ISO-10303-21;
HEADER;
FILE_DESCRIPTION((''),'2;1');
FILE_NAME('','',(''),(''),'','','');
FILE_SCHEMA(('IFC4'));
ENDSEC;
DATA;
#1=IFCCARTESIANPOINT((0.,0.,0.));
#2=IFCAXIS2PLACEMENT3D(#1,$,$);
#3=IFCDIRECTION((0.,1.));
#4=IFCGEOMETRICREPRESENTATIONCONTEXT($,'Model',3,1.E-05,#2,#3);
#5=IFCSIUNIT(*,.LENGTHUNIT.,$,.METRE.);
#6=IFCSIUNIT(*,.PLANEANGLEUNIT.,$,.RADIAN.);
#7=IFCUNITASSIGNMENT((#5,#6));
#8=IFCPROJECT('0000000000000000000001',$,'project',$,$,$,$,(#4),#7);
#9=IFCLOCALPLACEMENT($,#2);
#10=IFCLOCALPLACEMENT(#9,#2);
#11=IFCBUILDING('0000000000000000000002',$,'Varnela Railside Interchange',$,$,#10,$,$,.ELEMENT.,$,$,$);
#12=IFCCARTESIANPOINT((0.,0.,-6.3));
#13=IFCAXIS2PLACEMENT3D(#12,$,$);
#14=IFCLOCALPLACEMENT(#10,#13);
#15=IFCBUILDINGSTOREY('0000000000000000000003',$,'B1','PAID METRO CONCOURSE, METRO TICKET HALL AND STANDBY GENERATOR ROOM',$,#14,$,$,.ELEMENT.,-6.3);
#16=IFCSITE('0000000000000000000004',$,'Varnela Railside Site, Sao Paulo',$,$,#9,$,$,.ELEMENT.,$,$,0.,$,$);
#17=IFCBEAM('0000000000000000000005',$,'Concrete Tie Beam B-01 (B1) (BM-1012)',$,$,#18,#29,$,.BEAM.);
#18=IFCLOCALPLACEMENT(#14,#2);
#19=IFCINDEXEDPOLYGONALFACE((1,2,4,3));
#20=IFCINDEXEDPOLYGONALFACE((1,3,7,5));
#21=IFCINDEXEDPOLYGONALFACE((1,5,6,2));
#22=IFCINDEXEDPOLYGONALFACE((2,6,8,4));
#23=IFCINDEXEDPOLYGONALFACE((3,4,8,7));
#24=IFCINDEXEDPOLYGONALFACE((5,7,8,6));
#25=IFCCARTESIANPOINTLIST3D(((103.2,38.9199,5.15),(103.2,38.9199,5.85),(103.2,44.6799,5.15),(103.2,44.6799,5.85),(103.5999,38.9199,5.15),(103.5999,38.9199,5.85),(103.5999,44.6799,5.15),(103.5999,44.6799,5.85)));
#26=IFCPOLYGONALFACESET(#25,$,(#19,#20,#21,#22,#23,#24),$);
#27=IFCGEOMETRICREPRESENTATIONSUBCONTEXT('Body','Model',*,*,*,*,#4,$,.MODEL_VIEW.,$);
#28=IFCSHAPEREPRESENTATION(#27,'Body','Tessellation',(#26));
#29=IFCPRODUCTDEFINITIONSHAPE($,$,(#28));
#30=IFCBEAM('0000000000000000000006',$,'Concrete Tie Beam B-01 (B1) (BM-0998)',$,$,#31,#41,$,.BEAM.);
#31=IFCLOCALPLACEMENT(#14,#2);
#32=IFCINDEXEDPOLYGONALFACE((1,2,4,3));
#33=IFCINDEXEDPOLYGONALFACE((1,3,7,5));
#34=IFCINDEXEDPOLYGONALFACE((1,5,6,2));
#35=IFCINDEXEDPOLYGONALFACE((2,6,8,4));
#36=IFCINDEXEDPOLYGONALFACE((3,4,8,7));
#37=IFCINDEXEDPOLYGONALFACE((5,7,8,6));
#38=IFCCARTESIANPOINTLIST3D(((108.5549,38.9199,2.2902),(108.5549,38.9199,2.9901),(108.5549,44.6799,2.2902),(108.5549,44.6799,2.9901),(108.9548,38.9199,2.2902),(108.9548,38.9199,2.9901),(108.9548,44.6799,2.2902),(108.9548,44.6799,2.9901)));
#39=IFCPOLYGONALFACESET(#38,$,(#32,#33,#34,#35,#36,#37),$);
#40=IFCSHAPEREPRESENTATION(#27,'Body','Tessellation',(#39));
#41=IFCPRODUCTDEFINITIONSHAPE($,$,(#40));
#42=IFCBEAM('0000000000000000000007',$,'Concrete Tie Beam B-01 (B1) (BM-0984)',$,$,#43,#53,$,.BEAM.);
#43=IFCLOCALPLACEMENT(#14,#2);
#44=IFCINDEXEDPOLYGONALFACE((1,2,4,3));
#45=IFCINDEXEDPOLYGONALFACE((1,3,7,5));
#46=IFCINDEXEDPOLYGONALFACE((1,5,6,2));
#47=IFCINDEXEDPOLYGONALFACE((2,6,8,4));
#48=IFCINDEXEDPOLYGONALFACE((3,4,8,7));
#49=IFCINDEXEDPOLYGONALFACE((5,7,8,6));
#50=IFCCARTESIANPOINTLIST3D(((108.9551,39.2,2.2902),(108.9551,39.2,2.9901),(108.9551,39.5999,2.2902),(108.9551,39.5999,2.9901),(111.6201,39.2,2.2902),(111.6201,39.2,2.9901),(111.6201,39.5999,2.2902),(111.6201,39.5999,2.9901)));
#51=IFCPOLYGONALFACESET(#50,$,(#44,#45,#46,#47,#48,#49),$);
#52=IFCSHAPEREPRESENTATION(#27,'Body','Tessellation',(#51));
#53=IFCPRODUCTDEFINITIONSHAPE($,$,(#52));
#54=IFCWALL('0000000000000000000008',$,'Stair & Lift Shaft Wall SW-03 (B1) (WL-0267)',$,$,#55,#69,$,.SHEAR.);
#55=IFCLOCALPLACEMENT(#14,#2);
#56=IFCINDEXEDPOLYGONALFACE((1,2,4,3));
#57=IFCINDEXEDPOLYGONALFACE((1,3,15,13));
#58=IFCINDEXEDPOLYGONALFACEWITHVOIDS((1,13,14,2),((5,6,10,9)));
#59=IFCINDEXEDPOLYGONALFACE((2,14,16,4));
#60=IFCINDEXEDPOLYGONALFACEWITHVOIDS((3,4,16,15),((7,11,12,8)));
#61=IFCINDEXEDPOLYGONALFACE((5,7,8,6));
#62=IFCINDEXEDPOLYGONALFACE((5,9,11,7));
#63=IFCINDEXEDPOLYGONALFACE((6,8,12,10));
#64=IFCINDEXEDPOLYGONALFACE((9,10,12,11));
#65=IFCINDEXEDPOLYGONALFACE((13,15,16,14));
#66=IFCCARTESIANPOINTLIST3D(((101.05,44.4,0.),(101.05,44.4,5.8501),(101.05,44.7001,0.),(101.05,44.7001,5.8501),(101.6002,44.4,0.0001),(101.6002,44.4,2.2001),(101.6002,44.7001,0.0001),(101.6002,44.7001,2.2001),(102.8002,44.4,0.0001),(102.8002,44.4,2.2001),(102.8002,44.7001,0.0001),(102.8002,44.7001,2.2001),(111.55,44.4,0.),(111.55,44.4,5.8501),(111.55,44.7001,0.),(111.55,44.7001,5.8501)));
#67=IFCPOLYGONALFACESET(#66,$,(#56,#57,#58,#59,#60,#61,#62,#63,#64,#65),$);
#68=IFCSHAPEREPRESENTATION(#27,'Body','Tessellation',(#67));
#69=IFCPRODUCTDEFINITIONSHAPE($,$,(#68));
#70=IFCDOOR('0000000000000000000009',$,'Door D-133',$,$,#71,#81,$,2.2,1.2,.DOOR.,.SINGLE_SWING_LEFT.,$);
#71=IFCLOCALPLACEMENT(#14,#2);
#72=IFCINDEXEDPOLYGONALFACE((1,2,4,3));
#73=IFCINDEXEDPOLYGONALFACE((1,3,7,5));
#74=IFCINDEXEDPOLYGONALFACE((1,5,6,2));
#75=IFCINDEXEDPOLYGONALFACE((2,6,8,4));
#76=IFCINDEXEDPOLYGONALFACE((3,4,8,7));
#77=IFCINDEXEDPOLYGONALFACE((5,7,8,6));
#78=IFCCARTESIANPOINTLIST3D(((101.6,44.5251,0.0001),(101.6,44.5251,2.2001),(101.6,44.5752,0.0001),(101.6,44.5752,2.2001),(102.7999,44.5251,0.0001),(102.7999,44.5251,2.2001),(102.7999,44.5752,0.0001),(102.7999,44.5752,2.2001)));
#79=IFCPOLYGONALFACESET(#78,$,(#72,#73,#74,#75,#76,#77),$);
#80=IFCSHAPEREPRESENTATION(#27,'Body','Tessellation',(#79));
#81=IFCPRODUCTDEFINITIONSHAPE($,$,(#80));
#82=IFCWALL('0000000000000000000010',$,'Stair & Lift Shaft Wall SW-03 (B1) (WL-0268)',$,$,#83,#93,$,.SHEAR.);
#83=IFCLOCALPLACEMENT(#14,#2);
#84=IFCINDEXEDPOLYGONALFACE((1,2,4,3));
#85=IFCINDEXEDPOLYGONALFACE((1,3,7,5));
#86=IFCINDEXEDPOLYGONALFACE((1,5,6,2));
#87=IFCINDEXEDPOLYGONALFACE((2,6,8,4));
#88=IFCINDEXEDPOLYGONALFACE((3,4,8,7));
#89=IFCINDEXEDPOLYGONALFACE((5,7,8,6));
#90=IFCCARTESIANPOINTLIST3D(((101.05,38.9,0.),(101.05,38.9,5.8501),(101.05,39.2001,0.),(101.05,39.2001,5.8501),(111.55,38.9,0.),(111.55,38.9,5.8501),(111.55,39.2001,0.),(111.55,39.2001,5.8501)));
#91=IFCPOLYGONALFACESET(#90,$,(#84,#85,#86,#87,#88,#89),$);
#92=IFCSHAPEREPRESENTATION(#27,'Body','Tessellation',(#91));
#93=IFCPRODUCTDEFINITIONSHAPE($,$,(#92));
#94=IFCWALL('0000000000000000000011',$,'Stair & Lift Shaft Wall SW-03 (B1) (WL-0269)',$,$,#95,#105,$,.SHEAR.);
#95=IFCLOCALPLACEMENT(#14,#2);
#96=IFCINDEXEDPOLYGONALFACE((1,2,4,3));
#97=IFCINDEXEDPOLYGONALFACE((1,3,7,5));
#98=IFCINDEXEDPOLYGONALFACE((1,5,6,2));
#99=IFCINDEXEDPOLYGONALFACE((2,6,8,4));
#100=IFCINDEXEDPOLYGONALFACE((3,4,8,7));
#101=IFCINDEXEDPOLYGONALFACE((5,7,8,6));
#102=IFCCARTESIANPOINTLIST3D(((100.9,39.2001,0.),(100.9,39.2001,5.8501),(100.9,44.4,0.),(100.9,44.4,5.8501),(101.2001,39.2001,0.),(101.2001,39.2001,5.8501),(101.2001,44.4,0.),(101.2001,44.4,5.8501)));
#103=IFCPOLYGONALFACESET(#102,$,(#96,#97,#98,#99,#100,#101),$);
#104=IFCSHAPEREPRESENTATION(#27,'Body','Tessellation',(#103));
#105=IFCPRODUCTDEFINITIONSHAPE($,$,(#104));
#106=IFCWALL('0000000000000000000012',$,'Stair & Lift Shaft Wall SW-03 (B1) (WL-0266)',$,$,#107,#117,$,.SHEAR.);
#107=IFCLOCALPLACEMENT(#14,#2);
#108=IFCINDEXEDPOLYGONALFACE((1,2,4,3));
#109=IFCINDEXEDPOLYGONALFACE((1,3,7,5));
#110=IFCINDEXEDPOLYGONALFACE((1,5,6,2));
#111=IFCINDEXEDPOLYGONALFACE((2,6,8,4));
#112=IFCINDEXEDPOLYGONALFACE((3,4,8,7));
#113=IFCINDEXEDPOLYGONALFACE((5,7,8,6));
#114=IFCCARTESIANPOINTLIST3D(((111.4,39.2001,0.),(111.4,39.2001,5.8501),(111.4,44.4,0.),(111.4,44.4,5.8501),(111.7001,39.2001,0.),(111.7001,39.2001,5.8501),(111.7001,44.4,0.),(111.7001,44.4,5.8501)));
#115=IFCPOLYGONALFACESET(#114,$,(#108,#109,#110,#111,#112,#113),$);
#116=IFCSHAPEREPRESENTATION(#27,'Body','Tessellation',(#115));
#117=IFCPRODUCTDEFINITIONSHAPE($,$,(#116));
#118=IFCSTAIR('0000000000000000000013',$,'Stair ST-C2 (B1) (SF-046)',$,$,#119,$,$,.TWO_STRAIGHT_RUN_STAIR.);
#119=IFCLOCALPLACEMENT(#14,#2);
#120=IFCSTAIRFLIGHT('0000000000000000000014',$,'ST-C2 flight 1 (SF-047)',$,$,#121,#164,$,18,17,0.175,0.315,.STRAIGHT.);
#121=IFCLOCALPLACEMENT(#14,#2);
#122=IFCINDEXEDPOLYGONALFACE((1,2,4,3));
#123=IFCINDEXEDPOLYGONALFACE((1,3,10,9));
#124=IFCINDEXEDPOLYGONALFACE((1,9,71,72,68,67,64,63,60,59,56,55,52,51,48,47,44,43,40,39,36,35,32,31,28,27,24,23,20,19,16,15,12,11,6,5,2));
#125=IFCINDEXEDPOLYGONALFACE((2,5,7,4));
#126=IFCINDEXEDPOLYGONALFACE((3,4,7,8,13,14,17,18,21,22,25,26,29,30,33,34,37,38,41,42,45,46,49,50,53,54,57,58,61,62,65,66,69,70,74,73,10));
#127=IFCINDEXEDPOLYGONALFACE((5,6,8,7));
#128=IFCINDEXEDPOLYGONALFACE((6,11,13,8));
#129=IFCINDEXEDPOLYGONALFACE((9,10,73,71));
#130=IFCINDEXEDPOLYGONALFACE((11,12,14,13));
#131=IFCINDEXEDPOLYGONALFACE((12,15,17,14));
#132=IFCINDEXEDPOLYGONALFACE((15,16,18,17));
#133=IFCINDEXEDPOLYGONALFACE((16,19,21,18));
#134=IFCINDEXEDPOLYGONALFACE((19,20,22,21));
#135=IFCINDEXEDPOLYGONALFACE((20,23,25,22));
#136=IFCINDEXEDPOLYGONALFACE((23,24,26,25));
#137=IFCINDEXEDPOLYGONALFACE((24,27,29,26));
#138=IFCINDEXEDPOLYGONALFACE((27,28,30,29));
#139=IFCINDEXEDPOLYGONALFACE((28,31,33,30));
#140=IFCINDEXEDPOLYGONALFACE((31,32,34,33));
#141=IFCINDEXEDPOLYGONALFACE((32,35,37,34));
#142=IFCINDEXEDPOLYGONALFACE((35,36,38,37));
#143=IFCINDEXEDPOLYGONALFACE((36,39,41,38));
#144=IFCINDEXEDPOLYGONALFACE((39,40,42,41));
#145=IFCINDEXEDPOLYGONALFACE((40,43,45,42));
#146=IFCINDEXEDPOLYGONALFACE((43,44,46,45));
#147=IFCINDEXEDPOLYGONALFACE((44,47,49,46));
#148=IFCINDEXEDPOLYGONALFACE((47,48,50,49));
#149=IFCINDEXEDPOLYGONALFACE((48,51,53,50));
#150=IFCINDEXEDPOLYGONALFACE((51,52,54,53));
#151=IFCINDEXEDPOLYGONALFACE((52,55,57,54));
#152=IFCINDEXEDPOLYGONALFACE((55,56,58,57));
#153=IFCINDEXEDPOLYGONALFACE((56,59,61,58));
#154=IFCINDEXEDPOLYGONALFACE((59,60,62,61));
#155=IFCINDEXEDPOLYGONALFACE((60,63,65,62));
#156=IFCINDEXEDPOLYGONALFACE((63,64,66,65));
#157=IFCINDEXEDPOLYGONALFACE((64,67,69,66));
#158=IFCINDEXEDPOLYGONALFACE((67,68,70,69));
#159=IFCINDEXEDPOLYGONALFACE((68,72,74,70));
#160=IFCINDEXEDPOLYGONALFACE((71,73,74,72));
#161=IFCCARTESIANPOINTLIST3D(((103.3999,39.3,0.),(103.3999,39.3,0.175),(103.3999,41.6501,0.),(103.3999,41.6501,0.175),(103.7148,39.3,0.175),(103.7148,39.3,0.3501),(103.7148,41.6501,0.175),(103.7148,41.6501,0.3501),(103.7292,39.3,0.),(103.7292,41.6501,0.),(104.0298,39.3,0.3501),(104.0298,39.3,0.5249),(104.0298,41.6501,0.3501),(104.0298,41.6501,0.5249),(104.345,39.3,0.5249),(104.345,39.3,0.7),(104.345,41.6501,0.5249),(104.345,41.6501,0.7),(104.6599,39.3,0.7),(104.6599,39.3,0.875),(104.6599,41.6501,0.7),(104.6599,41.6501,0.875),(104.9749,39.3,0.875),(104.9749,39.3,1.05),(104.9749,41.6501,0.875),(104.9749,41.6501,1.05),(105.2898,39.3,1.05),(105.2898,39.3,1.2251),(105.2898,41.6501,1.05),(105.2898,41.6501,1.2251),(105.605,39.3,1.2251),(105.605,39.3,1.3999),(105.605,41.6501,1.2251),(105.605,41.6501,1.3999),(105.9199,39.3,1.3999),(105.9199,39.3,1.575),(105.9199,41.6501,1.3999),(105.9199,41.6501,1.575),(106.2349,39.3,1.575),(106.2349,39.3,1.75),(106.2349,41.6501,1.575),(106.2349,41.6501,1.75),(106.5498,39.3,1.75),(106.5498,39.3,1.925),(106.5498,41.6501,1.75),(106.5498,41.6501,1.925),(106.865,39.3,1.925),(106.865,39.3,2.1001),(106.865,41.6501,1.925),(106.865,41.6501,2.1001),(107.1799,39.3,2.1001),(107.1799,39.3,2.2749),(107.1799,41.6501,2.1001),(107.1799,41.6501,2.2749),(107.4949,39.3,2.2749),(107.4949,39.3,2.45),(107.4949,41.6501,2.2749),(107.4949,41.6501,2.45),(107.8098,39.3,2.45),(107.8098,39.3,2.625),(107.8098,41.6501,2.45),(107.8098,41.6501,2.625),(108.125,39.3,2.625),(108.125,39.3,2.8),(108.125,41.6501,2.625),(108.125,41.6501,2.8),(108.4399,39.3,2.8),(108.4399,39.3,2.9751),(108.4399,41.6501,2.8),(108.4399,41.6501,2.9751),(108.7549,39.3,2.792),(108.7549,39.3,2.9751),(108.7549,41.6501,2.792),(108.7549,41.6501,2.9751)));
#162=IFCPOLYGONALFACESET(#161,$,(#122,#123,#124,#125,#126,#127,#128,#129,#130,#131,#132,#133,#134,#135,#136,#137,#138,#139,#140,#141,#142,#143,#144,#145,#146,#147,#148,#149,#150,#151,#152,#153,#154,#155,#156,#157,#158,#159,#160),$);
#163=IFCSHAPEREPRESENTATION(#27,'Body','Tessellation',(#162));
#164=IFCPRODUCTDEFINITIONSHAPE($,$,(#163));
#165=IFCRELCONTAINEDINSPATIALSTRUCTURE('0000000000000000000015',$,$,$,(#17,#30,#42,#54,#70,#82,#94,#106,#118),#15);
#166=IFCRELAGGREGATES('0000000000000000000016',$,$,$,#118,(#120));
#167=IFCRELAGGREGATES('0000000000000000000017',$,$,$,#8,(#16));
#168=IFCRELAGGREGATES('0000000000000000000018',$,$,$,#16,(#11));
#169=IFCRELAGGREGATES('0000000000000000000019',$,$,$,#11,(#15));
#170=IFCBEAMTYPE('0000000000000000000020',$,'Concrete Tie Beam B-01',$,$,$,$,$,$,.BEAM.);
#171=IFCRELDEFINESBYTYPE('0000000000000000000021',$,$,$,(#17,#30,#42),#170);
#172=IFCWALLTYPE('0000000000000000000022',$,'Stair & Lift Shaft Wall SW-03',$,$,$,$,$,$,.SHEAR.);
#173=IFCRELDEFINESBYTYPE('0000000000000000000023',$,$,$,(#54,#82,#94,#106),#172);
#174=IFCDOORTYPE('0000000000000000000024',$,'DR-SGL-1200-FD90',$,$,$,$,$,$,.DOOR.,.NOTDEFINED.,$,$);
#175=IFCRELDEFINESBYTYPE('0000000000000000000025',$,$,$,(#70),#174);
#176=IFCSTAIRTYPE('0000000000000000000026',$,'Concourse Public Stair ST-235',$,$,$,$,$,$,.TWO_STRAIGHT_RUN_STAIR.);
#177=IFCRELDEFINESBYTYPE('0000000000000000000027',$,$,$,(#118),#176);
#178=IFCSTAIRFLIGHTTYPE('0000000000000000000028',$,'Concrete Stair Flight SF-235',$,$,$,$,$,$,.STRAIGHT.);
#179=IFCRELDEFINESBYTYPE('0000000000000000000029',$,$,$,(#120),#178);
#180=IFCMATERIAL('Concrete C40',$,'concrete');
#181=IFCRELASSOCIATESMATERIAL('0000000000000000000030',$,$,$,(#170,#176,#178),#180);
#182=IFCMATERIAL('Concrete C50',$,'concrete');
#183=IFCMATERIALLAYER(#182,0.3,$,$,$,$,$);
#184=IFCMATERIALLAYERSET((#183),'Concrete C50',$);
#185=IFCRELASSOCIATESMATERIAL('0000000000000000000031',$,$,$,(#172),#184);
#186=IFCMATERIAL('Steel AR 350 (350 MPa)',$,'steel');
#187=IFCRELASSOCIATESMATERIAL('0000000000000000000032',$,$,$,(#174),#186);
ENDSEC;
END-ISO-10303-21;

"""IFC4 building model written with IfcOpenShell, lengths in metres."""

from ifc_helpers import new_model, si_unit, direction, frame, frame_2d, origin, origin_2d, place, context, subcontext, project, spatial, polyline, rectangle, outline, extrude, material, layer, layer_set, material_profile, profile_set, type_object, element, fill, aggregate, save


model = new_model("IFC4")

# Units and contexts
model_context = context("Model", 3, precision=1e-05, world=origin(), true_north=direction((0.0, 1.0)))
body_context = subcontext(model_context, "Body", "Model", "MODEL_VIEW")
ifc_project = project(units=[si_unit("LENGTHUNIT", "METRE"), si_unit("PLANEANGLEUNIT", "RADIAN")], contexts=[model_context])

# Site, building, storey
site_placement = place(None, origin())
site = spatial("IfcSite", under=ifc_project, at=site_placement, Name="Varnela Railside Site, Sao Paulo", CompositionType="ELEMENT", RefElevation=0.0)
building_placement = place(site_placement, origin())
building = spatial("IfcBuilding", under=site, at=building_placement, Name="Varnela Railside Interchange", CompositionType="ELEMENT")
storey_placement = place(building_placement, frame((0.0, 0.0, -6.3)))
storey = spatial("IfcBuildingStorey", under=building, at=storey_placement, Name="B1", Description="PAID METRO CONCOURSE, METRO TICKET HALL AND STANDBY GENERATOR ROOM", CompositionType="ELEMENT", Elevation=-6.3)

# Shared definitions
ifc_material_1 = material(Name="Concrete C50", Category="concrete")

# Beams
ifc_material_2 = material(Name="Concrete C40", Category="concrete")
ifc_material_profile_1 = material_profile(ifc_material_2, rectangle(XDim=0.3999, YDim=0.7, at=origin_2d()), Name="RC 400x700")
ifc_profile_set_1 = profile_set([ifc_material_profile_1], Name="Concrete C40")
beam_type_1 = type_object("IfcBeamType", Name="Concrete Tie Beam B-01", PredefinedType="BEAM", material=ifc_profile_set_1)
for number, where, z_axis, x_axis, name in (
    (1, (103.3999, 38.9199, 5.5), (0.0, 1.0, 0.0), (-1.0, 0.0, 0.0), "Concrete Tie Beam B-01 (B1) (BM-1012)"),
    (2, (108.7549, 38.9199, 2.6401), (0.0, 1.0, 0.0), (-1.0, 0.0, 0.0), "Concrete Tie Beam B-01 (B1) (BM-0998)"),
):
    element("IfcBeam", number, at=place(storey_placement, frame(where, z_axis=z_axis, x_axis=x_axis)), inside=storey, type_object=beam_type_1, Name=name, PredefinedType="BEAM", context=body_context, shape_type="SweptSolid", body=[
        extrude(rectangle(XDim=0.3999, YDim=0.7, at=origin_2d()), origin(), (0.0, 0.0, 1.0), 5.76),
    ])
beam_placement = place(storey_placement, frame((108.9551, 39.3999, 2.6401), z_axis=(1.0, 0.0, 0.0), x_axis=(0.0, 1.0, 0.0)))
element("IfcBeam", 3, at=beam_placement, inside=storey, type_object=beam_type_1, Name="Concrete Tie Beam B-01 (B1) (BM-0984)", PredefinedType="BEAM", context=body_context, shape_type="SweptSolid", body=[
    extrude(rectangle(XDim=0.3999, YDim=0.7, at=origin_2d()), origin(), (0.0, 0.0, 1.0), 2.665),
])

# Wall, opening, door
ifc_layer = layer(ifc_material_1, 0.3)
ifc_layer_set = layer_set([ifc_layer], Name="Concrete C50")
wall_type = type_object("IfcWallType", Name="Stair & Lift Shaft Wall SW-03", PredefinedType="SHEAR", material=ifc_layer_set)
wall_1_placement = place(storey_placement, frame((101.05, 44.55, 0.0), z_axis=(0.0, 0.0, 1.0), x_axis=(1.0, 0.0, 0.0)))
wall_1 = element("IfcWall", 4, at=wall_1_placement, inside=storey, type_object=wall_type, Name="Stair & Lift Shaft Wall SW-03 (B1) (WL-0267)", PredefinedType="SHEAR", context=body_context, shape_type="SweptSolid", body=[
    extrude(rectangle(XDim=10.5, YDim=0.3, at=frame_2d((5.25, 0.0))), origin(), (0.0, 0.0, 1.0), 5.8501),
])
opening_placement = place(wall_1_placement, frame((0.55, 0.0, 0.0)))
opening = element("IfcOpeningElement", 5, at=opening_placement, cuts=wall_1, PredefinedType="OPENING", context=body_context, shape_type="SweptSolid", body=[
    extrude(rectangle(XDim=1.2, YDim=2.2, at=frame_2d((0.6001, 1.1001))), frame((0.0, 0.1599, 0.0), z_axis=(0.0, -1.0, 0.0), x_axis=(1.0, 0.0, 0.0)), (0.0, 0.0, 1.0), 0.3201),
])
ifc_material_3 = material(Name="Steel AR 350 (350 MPa)", Category="steel")
door_type = type_object("IfcDoorType", Name="DR-SGL-1200-FD90", OperationType="NOTDEFINED", PredefinedType="DOOR", material=ifc_material_3)
door_placement = place(opening_placement, frame((1.2, 0.0, 0.0), z_axis=(0.0, 0.0, 1.0), x_axis=(-1.0, 0.0, 0.0)))
door = element("IfcDoor", 6, at=door_placement, inside=storey, type_object=door_type, Name="Door D-133", OperationType="SINGLE_SWING_LEFT", OverallHeight=2.2, OverallWidth=1.2, PredefinedType="DOOR", context=body_context, shape_type="SweptSolid", body=[
    extrude(rectangle(XDim=1.2, YDim=2.2, at=frame_2d((0.6001, 1.1001))), frame((0.0, 0.0249, 0.0), z_axis=(0.0, -1.0, 0.0), x_axis=(1.0, 0.0, 0.0)), (0.0, 0.0, 1.0), 0.05),
])
fill(opening, door)

# Walls
wall_2_placement = place(storey_placement, frame((101.05, 39.05, 0.0), z_axis=(0.0, 0.0, 1.0), x_axis=(1.0, 0.0, 0.0)))
element("IfcWall", 7, at=wall_2_placement, inside=storey, type_object=wall_type, Name="Stair & Lift Shaft Wall SW-03 (B1) (WL-0268)", PredefinedType="SHEAR", context=body_context, shape_type="SweptSolid", body=[
    extrude(rectangle(XDim=10.5, YDim=0.3, at=frame_2d((5.25, 0.0))), origin(), (0.0, 0.0, 1.0), 5.8501),
])
for number, where, z_axis, x_axis, name in (
    (8, (101.05, 39.2, 0.0), (0.0, 0.0, 1.0), (0.0, 1.0, 0.0), "Stair & Lift Shaft Wall SW-03 (B1) (WL-0269)"),
    (9, (111.55, 39.2, 0.0), (0.0, 0.0, 1.0), (0.0, 1.0, 0.0), "Stair & Lift Shaft Wall SW-03 (B1) (WL-0266)"),
):
    element("IfcWall", number, at=place(storey_placement, frame(where, z_axis=z_axis, x_axis=x_axis)), inside=storey, type_object=wall_type, Name=name, PredefinedType="SHEAR", context=body_context, shape_type="SweptSolid", body=[
        extrude(rectangle(XDim=5.2, YDim=0.3, at=frame_2d((2.6001, 0.0))), origin(), (0.0, 0.0, 1.0), 5.8501),
    ])

# Stair, stair flight
stair_type = type_object("IfcStairType", Name="Concourse Public Stair ST-235", PredefinedType="TWO_STRAIGHT_RUN_STAIR", material=ifc_material_2)
stair_placement = place(storey_placement, origin())
stair = element("IfcStair", 10, at=stair_placement, inside=storey, type_object=stair_type, Name="Stair ST-C2 (B1) (SF-046)", PredefinedType="TWO_STRAIGHT_RUN_STAIR")
stair_flight_type = type_object("IfcStairFlightType", Name="Concrete Stair Flight SF-235", PredefinedType="STRAIGHT", material=ifc_material_2)
stair_flight_1_placement = place(storey_placement, frame((103.3999, 40.4751, 0.0), z_axis=(0.0, 0.0, 1.0), x_axis=(1.0, 0.0, 0.0)))
stair_flight_1 = element("IfcStairFlight", 11, at=stair_flight_1_placement, type_object=stair_flight_type, Name="ST-C2 flight 1 (SF-047)", NumberOfRisers=18, NumberOfTreads=17, PredefinedType="STRAIGHT", RiserHeight=0.175, TreadLength=0.315, context=body_context, shape_type="SweptSolid", body=[
    extrude(outline(polyline([(0.0, 0.0), (0.0, 0.175), (0.3149, 0.175), (0.3149, 0.3501), (0.6299, 0.3501), (0.6299, 0.5249), (0.9451, 0.5249), (0.9451, 0.7), (1.26, 0.7), (1.26, 0.875), (1.575, 0.875), (1.575, 1.05), (1.8899, 1.05), (1.8899, 1.2251), (2.2051, 1.2251), (2.2051, 1.3999), (2.52, 1.3999), (2.52, 1.575), (2.835, 1.575), (2.835, 1.75), (3.1499, 1.75), (3.1499, 1.925), (3.4651, 1.925), (3.4651, 2.1001), (3.78, 2.1001), (3.78, 2.2749), (4.095, 2.2749), (4.095, 2.45), (4.4099, 2.45), (4.4099, 2.625), (4.7251, 2.625), (4.7251, 2.8), (5.04, 2.8), (5.04, 2.9751), (5.355, 2.9751), (5.355, 3.1499), (5.355, 2.792), (0.3293, 0.0), (0.0, 0.0)])), frame((0.0, 1.175, 0.0), z_axis=(0.0, -1.0, 0.0), x_axis=(1.0, 0.0, 0.0)), (0.0, 0.0, 1.0), 2.3501),
])
aggregate(stair, [stair_flight_1])

save(model, "model.ifc")
